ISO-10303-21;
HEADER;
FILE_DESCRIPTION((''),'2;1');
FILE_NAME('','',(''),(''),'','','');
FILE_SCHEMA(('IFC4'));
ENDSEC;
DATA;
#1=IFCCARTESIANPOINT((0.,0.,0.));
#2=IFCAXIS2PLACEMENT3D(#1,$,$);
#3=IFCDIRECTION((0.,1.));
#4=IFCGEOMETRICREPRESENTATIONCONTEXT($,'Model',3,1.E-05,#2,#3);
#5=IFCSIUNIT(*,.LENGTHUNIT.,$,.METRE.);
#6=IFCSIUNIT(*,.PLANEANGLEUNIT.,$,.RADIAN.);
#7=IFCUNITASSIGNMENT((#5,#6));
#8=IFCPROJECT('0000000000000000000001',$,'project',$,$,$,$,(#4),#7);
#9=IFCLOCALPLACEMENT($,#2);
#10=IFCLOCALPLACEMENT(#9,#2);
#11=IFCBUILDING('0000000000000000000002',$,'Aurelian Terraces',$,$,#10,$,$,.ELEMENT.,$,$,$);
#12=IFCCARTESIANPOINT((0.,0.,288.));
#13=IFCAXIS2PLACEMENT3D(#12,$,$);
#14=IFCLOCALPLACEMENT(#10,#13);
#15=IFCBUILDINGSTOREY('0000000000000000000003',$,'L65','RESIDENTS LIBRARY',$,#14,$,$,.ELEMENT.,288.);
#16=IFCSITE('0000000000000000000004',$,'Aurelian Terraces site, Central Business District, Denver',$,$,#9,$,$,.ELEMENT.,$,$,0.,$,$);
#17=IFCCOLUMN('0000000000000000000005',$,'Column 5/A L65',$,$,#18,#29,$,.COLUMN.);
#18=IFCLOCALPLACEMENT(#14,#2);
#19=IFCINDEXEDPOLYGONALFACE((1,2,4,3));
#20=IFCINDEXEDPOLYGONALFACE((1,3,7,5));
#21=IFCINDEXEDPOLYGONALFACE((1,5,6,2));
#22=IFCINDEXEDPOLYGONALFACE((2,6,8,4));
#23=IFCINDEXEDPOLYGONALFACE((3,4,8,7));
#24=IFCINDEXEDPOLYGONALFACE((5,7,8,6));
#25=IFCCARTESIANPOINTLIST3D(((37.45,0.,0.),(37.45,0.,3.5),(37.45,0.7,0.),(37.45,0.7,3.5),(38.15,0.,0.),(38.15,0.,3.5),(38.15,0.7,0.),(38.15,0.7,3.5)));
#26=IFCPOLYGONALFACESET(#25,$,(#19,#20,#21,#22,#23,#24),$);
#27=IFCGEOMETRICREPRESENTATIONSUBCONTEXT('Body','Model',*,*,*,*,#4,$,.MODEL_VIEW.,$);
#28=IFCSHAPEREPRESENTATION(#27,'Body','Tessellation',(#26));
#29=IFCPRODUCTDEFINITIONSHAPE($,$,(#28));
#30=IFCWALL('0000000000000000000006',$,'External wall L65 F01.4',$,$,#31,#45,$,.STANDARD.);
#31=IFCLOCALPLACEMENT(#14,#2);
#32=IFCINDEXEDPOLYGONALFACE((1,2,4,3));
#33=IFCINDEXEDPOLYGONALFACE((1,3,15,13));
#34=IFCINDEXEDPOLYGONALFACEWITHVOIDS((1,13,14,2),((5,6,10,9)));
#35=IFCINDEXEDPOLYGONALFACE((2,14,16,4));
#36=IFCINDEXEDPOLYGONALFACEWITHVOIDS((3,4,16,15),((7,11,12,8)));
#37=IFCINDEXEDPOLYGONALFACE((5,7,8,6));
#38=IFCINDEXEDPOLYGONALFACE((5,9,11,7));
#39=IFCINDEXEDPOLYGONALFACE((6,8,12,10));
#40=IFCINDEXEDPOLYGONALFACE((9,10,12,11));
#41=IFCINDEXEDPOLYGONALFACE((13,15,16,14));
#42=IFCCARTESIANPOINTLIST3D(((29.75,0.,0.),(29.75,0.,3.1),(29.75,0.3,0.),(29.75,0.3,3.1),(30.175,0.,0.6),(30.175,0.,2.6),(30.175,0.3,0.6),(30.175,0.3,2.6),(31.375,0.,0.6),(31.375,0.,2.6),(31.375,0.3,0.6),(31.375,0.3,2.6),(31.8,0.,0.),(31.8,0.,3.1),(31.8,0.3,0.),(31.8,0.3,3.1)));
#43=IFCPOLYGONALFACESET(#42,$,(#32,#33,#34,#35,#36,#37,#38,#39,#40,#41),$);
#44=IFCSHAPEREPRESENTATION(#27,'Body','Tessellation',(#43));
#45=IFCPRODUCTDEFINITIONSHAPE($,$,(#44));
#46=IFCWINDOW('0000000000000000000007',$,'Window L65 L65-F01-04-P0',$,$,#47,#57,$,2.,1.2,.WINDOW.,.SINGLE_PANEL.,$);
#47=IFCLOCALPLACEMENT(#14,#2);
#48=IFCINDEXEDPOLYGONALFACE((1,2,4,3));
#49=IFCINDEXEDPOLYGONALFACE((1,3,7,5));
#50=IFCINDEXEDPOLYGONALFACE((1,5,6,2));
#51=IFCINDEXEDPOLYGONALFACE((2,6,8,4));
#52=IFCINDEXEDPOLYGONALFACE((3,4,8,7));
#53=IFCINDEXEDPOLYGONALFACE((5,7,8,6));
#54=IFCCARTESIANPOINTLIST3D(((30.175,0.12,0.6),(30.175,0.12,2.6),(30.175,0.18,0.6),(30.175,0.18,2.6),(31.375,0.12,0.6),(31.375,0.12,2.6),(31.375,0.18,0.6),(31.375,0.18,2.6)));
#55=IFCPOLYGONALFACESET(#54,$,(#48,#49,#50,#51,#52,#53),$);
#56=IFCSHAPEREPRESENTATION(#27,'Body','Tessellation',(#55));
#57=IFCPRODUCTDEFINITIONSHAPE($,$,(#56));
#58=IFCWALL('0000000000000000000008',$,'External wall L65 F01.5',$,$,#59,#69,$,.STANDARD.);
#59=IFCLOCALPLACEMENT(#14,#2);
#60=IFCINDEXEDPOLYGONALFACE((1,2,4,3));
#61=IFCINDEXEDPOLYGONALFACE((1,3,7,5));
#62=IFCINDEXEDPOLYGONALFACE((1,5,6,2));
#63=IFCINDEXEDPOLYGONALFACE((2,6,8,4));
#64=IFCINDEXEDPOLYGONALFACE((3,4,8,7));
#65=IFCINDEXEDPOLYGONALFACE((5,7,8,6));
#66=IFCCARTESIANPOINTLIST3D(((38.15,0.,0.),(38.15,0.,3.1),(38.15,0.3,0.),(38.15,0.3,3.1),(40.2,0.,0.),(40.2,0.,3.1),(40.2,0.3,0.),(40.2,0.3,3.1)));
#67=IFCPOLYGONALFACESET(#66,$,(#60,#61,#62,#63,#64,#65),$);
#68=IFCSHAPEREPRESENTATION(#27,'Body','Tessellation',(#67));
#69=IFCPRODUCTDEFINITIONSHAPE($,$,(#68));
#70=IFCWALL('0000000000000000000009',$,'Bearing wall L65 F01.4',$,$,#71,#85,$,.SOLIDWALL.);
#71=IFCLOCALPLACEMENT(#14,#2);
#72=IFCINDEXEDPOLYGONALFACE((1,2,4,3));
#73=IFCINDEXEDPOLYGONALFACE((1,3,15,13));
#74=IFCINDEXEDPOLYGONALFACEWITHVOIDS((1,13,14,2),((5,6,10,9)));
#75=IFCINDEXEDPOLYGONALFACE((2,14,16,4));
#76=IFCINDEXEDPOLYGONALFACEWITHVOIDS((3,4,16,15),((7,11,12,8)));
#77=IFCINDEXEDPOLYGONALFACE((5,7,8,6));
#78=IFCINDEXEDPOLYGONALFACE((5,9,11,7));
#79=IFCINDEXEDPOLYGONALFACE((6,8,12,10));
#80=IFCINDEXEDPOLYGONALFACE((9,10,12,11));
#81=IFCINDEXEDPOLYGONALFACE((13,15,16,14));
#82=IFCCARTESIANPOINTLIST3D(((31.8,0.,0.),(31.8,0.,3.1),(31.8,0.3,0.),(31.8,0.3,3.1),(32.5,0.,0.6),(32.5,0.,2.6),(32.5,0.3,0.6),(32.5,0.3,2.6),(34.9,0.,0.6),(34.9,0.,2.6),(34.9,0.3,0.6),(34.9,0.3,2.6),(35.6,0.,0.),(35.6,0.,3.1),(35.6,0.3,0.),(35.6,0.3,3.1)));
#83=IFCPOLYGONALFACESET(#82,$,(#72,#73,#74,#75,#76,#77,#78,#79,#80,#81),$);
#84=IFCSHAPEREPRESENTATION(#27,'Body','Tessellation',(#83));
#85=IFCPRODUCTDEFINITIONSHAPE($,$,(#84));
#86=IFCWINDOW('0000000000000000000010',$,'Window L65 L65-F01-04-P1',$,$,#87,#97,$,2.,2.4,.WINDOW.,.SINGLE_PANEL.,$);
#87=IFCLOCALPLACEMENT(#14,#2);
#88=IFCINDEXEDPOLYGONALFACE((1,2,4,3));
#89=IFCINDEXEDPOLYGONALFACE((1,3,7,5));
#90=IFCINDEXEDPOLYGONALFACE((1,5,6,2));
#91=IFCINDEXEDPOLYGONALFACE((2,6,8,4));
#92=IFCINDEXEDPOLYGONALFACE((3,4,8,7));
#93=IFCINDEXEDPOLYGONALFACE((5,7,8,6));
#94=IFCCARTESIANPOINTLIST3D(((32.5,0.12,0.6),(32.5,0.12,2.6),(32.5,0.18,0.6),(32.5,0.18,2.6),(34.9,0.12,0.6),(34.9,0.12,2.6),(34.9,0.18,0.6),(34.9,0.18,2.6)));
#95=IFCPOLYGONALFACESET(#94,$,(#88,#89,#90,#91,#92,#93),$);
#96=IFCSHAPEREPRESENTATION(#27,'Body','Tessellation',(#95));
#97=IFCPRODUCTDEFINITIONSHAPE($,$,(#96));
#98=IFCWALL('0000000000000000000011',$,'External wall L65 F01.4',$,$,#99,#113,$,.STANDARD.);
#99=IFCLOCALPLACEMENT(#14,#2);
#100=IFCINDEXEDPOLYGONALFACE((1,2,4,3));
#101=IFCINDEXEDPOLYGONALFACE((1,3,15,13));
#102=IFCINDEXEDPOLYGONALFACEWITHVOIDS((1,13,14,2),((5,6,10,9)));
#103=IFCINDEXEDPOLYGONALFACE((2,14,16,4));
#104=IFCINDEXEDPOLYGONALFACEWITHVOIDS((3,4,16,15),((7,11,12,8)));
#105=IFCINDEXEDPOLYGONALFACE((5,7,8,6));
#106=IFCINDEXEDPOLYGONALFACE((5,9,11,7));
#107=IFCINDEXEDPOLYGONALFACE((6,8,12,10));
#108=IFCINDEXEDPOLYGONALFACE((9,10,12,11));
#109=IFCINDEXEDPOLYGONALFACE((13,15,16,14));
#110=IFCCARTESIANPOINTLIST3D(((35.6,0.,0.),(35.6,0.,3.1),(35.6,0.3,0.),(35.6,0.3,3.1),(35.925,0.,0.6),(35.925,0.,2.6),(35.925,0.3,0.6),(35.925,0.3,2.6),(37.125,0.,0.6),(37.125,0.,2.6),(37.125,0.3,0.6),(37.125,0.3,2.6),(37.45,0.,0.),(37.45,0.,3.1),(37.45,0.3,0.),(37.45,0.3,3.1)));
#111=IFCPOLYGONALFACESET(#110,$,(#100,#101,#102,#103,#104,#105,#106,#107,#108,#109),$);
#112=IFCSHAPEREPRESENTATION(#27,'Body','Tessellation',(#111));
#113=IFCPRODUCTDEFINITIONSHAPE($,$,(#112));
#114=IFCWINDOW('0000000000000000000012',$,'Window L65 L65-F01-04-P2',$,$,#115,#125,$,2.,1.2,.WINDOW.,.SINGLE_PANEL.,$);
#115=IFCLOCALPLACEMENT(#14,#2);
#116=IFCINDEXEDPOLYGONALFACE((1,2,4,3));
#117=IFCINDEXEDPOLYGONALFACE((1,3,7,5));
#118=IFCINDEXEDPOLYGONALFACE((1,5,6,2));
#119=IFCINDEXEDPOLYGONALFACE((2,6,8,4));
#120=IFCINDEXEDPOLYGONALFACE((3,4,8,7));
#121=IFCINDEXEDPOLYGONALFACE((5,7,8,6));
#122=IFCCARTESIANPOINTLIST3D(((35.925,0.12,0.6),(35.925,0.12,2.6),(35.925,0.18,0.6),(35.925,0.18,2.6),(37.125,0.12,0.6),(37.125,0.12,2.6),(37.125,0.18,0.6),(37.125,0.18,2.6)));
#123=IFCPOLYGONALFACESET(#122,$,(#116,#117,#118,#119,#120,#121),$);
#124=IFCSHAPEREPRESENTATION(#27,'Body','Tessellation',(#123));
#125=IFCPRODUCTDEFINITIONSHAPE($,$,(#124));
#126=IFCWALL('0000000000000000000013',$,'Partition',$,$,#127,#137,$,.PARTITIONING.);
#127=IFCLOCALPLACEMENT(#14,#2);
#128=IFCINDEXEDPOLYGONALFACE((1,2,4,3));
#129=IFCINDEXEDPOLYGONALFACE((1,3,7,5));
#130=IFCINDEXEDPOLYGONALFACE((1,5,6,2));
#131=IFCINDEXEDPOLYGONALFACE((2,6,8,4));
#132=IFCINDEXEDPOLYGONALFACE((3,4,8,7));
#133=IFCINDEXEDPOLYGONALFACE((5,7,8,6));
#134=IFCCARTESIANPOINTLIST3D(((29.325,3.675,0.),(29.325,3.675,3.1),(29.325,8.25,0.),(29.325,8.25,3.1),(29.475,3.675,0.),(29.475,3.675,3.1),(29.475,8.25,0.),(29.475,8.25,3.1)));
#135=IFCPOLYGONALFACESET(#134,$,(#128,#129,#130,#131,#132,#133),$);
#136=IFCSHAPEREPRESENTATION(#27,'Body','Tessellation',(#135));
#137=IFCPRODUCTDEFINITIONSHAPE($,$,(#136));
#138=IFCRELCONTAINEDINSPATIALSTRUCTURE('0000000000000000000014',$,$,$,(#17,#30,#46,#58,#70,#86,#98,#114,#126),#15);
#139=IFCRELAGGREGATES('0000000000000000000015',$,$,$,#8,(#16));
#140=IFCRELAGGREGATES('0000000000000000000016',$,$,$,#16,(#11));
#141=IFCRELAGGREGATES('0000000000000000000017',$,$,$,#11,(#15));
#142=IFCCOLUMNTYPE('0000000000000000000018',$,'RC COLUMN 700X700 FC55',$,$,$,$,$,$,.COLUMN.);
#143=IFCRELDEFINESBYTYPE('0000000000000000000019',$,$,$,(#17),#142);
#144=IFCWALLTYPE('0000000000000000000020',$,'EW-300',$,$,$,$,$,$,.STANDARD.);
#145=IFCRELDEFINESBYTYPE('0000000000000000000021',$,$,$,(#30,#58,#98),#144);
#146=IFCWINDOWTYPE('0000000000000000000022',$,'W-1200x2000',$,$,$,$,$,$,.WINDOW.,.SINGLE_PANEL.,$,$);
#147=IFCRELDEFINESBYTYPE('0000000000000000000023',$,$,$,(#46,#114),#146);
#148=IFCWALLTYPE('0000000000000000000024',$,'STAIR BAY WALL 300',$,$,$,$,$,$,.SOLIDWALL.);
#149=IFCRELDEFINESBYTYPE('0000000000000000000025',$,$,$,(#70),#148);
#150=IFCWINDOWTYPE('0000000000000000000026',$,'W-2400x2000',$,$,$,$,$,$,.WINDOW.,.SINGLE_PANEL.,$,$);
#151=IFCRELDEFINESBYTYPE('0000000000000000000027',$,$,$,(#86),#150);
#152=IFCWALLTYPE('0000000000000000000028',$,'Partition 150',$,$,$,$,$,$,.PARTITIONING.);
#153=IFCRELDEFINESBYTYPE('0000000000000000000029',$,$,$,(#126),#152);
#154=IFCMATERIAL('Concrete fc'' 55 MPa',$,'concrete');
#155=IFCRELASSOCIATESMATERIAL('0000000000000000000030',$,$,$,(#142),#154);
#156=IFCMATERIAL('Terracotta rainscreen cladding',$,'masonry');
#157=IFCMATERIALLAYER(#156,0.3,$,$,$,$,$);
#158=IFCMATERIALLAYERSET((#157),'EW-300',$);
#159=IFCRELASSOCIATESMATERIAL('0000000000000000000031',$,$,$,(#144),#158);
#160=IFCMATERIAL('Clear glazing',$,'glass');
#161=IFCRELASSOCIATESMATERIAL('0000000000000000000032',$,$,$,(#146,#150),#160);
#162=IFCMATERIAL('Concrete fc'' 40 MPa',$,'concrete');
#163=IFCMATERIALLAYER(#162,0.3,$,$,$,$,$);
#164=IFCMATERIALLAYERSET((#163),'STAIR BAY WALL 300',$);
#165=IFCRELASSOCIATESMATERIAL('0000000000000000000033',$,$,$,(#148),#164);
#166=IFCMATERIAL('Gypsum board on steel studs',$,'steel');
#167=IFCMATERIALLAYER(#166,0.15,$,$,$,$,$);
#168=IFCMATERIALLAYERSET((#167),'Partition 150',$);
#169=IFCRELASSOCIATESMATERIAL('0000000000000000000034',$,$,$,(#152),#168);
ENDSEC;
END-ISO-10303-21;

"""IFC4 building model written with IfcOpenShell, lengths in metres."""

from ifc_helpers import new_model, si_unit, direction, frame, frame_2d, origin, origin_2d, place, context, subcontext, project, spatial, rectangle, extrude, source, transform, mapped, material, layer, layer_set, material_profile, profile_set, type_object, element, fill, save


model = new_model("IFC4")

# Units and contexts
model_context = context("Model", 3, precision=1e-05, world=origin(), true_north=direction((0.0, 1.0)))
body_context = subcontext(model_context, "Body", "Model", "MODEL_VIEW")
ifc_project = project(units=[si_unit("LENGTHUNIT", "METRE"), si_unit("PLANEANGLEUNIT", "RADIAN")], contexts=[model_context])

# Site, building, storey
site_placement = place(None, origin())
site = spatial("IfcSite", under=ifc_project, at=site_placement, Name="Aurelian Terraces site, Central Business District, Denver", CompositionType="ELEMENT", RefElevation=0.0)
building_placement = place(site_placement, origin())
building = spatial("IfcBuilding", under=site, at=building_placement, Name="Aurelian Terraces", CompositionType="ELEMENT")
storey_placement = place(building_placement, frame((0.0, 0.0, 288.0)))
storey = spatial("IfcBuildingStorey", under=building, at=storey_placement, Name="L65", Description="RESIDENTS LIBRARY", CompositionType="ELEMENT", Elevation=288.0)

# Column
ifc_material_1 = material(Name="Concrete fc' 55 MPa", Category="concrete")
ifc_material_profile = material_profile(ifc_material_1, rectangle(XDim=0.7, YDim=0.7, at=origin_2d()))
ifc_profile_set = profile_set([ifc_material_profile], Name="Concrete fc' 55 MPa")
column_type = type_object("IfcColumnType", Name="RC COLUMN 700X700 FC55", PredefinedType="COLUMN", material=ifc_profile_set)
shared_shape_1 = source(origin(), body_context, "Body", "SweptSolid", [
    extrude(rectangle(XDim=0.7, YDim=0.7, at=origin_2d()), origin(), (0.0, 0.0, 1.0), 3.5),
])
column_placement = place(storey_placement, frame((37.8, 0.35, 0.0), z_axis=(0.0, 0.0, 1.0), x_axis=(1.0, 0.0, 0.0)))
element("IfcColumn", 1, at=column_placement, inside=storey, type_object=column_type, Name="Column 5/A L65", PredefinedType="COLUMN", context=body_context, shape_type="MappedRepresentation", body=[
    mapped(shared_shape_1, transform((0.0, 0.0, 0.0), scale=1.0)),
])

# Wall, opening, window
ifc_material_2 = material(Name="Terracotta rainscreen cladding", Category="masonry")
ifc_layer_1 = layer(ifc_material_2, 0.3)
ifc_layer_set_1 = layer_set([ifc_layer_1], Name="EW-300")
wall_type_1 = type_object("IfcWallType", Name="EW-300", PredefinedType="STANDARD", material=ifc_layer_set_1)
shared_shape_2 = source(origin(), body_context, "Body", "SweptSolid", [
    extrude(rectangle(XDim=2.05, YDim=0.3, at=frame_2d((1.025, 0.0))), origin(), (0.0, 0.0, 1.0), 3.1),
])
wall_1_placement = place(storey_placement, frame((29.75, 0.15, 0.0), z_axis=(0.0, 0.0, 1.0), x_axis=(1.0, 0.0, 0.0)))
wall_1 = element("IfcWall", 2, at=wall_1_placement, inside=storey, type_object=wall_type_1, Name="External wall L65 F01.4", PredefinedType="STANDARD", context=body_context, shape_type="MappedRepresentation", body=[
    mapped(shared_shape_2, transform((0.0, 0.0, 0.0), scale=1.0)),
])
shared_shape_3 = source(origin(), body_context, "Body", "SweptSolid", [
    extrude(rectangle(XDim=1.2, YDim=2.0, at=frame_2d((0.6, 1.0))), frame((0.0, 0.16, 0.0), z_axis=(0.0, -1.0, 0.0), x_axis=(1.0, 0.0, 0.0)), (0.0, 0.0, 1.0), 0.32),
])
opening_1_placement = place(wall_1_placement, frame((0.425, 0.0, 0.6)))
opening_1 = element("IfcOpeningElement", 3, at=opening_1_placement, cuts=wall_1, PredefinedType="OPENING", context=body_context, shape_type="MappedRepresentation", body=[
    mapped(shared_shape_3, transform((0.0, 0.0, 0.0), scale=1.0)),
])
ifc_material_3 = material(Name="Clear glazing", Category="glass")
window_type_1 = type_object("IfcWindowType", Name="W-1200x2000", PartitioningType="SINGLE_PANEL", PredefinedType="WINDOW", material=ifc_material_3)
shared_shape_4 = source(origin(), body_context, "Body", "SweptSolid", [
    extrude(rectangle(XDim=1.2, YDim=2.0, at=frame_2d((0.6, 1.0))), frame((0.0, 0.03, 0.0), z_axis=(0.0, -1.0, 0.0), x_axis=(1.0, 0.0, 0.0)), (0.0, 0.0, 1.0), 0.06),
])
window_1_placement = place(opening_1_placement, origin())
window_1 = element("IfcWindow", 4, at=window_1_placement, inside=storey, type_object=window_type_1, Name="Window L65 L65-F01-04-P0", OverallHeight=2.0, OverallWidth=1.2, PartitioningType="SINGLE_PANEL", PredefinedType="WINDOW", context=body_context, shape_type="MappedRepresentation", body=[
    mapped(shared_shape_4, transform((0.0, 0.0, 0.0), scale=1.0)),
])
fill(opening_1, window_1)

# Wall
wall_2_placement = place(storey_placement, frame((38.15, 0.15, 0.0), z_axis=(0.0, 0.0, 1.0), x_axis=(1.0, 0.0, 0.0)))
element("IfcWall", 5, at=wall_2_placement, inside=storey, type_object=wall_type_1, Name="External wall L65 F01.5", PredefinedType="STANDARD", context=body_context, shape_type="MappedRepresentation", body=[
    mapped(shared_shape_2, transform((0.0, 0.0, 0.0), scale=1.0)),
])

# Walls, openings, windows
ifc_material_4 = material(Name="Concrete fc' 40 MPa", Category="concrete")
ifc_layer_2 = layer(ifc_material_4, 0.3)
ifc_layer_set_2 = layer_set([ifc_layer_2], Name="STAIR BAY WALL 300")
wall_type_2 = type_object("IfcWallType", Name="STAIR BAY WALL 300", PredefinedType="SOLIDWALL", material=ifc_layer_set_2)
shared_shape_5 = source(origin(), body_context, "Body", "SweptSolid", [
    extrude(rectangle(XDim=3.8, YDim=0.3, at=frame_2d((1.9, 0.0))), origin(), (0.0, 0.0, 1.0), 3.1),
])
wall_3_placement = place(storey_placement, frame((31.8, 0.15, 0.0), z_axis=(0.0, 0.0, 1.0), x_axis=(1.0, 0.0, 0.0)))
wall_3 = element("IfcWall", 6, at=wall_3_placement, inside=storey, type_object=wall_type_2, Name="Bearing wall L65 F01.4", PredefinedType="SOLIDWALL", context=body_context, shape_type="MappedRepresentation", body=[
    mapped(shared_shape_5, transform((0.0, 0.0, 0.0), scale=1.0)),
])
shared_shape_6 = source(origin(), body_context, "Body", "SweptSolid", [
    extrude(rectangle(XDim=2.4, YDim=2.0, at=frame_2d((1.2, 1.0))), frame((0.0, 0.16, 0.0), z_axis=(0.0, -1.0, 0.0), x_axis=(1.0, 0.0, 0.0)), (0.0, 0.0, 1.0), 0.32),
])
opening_2_placement = place(wall_3_placement, frame((0.7, 0.0, 0.6)))
opening_2 = element("IfcOpeningElement", 7, at=opening_2_placement, cuts=wall_3, PredefinedType="OPENING", context=body_context, shape_type="MappedRepresentation", body=[
    mapped(shared_shape_6, transform((0.0, 0.0, 0.0), scale=1.0)),
])
window_type_2 = type_object("IfcWindowType", Name="W-2400x2000", PartitioningType="SINGLE_PANEL", PredefinedType="WINDOW", material=ifc_material_3)
shared_shape_7 = source(origin(), body_context, "Body", "SweptSolid", [
    extrude(rectangle(XDim=2.4, YDim=2.0, at=frame_2d((1.2, 1.0))), frame((0.0, 0.03, 0.0), z_axis=(0.0, -1.0, 0.0), x_axis=(1.0, 0.0, 0.0)), (0.0, 0.0, 1.0), 0.06),
])
window_2_placement = place(opening_2_placement, origin())
window_2 = element("IfcWindow", 8, at=window_2_placement, inside=storey, type_object=window_type_2, Name="Window L65 L65-F01-04-P1", OverallHeight=2.0, OverallWidth=2.4, PartitioningType="SINGLE_PANEL", PredefinedType="WINDOW", context=body_context, shape_type="MappedRepresentation", body=[
    mapped(shared_shape_7, transform((0.0, 0.0, 0.0), scale=1.0)),
])
fill(opening_2, window_2)
shared_shape_8 = source(origin(), body_context, "Body", "SweptSolid", [
    extrude(rectangle(XDim=1.85, YDim=0.3, at=frame_2d((0.925, 0.0))), origin(), (0.0, 0.0, 1.0), 3.1),
])
wall_4_placement = place(storey_placement, frame((35.6, 0.15, 0.0), z_axis=(0.0, 0.0, 1.0), x_axis=(1.0, 0.0, 0.0)))
wall_4 = element("IfcWall", 9, at=wall_4_placement, inside=storey, type_object=wall_type_1, Name="External wall L65 F01.4", PredefinedType="STANDARD", context=body_context, shape_type="MappedRepresentation", body=[
    mapped(shared_shape_8, transform((0.0, 0.0, 0.0), scale=1.0)),
])
opening_3_placement = place(wall_4_placement, frame((0.325, 0.0, 0.6)))
opening_3 = element("IfcOpeningElement", 10, at=opening_3_placement, cuts=wall_4, PredefinedType="OPENING", context=body_context, shape_type="MappedRepresentation", body=[
    mapped(shared_shape_3, transform((0.0, 0.0, 0.0), scale=1.0)),
])
window_3_placement = place(opening_3_placement, origin())
window_3 = element("IfcWindow", 11, at=window_3_placement, inside=storey, type_object=window_type_1, Name="Window L65 L65-F01-04-P2", OverallHeight=2.0, OverallWidth=1.2, PartitioningType="SINGLE_PANEL", PredefinedType="WINDOW", context=body_context, shape_type="MappedRepresentation", body=[
    mapped(shared_shape_4, transform((0.0, 0.0, 0.0), scale=1.0)),
])
fill(opening_3, window_3)

# Wall
ifc_material_5 = material(Name="Gypsum board on steel studs", Category="steel")
ifc_layer_3 = layer(ifc_material_5, 0.15)
ifc_layer_set_3 = layer_set([ifc_layer_3], Name="Partition 150")
wall_type_3 = type_object("IfcWallType", Name="Partition 150", PredefinedType="PARTITIONING", material=ifc_layer_set_3)
shared_shape_9 = source(origin(), body_context, "Body", "SweptSolid", [
    extrude(rectangle(XDim=4.575, YDim=0.15, at=frame_2d((2.2875, 0.0))), origin(), (0.0, 0.0, 1.0), 3.1),
])
wall_5_placement = place(storey_placement, frame((29.4, 3.675, 0.0), z_axis=(0.0, 0.0, 1.0), x_axis=(0.0, 1.0, 0.0)))
element("IfcWall", 12, at=wall_5_placement, inside=storey, type_object=wall_type_3, Name="Partition", PredefinedType="PARTITIONING", context=body_context, shape_type="MappedRepresentation", body=[
    mapped(shared_shape_9, transform((0.0, 0.0, 0.0), scale=1.0)),
])

save(model, "model.ifc")
